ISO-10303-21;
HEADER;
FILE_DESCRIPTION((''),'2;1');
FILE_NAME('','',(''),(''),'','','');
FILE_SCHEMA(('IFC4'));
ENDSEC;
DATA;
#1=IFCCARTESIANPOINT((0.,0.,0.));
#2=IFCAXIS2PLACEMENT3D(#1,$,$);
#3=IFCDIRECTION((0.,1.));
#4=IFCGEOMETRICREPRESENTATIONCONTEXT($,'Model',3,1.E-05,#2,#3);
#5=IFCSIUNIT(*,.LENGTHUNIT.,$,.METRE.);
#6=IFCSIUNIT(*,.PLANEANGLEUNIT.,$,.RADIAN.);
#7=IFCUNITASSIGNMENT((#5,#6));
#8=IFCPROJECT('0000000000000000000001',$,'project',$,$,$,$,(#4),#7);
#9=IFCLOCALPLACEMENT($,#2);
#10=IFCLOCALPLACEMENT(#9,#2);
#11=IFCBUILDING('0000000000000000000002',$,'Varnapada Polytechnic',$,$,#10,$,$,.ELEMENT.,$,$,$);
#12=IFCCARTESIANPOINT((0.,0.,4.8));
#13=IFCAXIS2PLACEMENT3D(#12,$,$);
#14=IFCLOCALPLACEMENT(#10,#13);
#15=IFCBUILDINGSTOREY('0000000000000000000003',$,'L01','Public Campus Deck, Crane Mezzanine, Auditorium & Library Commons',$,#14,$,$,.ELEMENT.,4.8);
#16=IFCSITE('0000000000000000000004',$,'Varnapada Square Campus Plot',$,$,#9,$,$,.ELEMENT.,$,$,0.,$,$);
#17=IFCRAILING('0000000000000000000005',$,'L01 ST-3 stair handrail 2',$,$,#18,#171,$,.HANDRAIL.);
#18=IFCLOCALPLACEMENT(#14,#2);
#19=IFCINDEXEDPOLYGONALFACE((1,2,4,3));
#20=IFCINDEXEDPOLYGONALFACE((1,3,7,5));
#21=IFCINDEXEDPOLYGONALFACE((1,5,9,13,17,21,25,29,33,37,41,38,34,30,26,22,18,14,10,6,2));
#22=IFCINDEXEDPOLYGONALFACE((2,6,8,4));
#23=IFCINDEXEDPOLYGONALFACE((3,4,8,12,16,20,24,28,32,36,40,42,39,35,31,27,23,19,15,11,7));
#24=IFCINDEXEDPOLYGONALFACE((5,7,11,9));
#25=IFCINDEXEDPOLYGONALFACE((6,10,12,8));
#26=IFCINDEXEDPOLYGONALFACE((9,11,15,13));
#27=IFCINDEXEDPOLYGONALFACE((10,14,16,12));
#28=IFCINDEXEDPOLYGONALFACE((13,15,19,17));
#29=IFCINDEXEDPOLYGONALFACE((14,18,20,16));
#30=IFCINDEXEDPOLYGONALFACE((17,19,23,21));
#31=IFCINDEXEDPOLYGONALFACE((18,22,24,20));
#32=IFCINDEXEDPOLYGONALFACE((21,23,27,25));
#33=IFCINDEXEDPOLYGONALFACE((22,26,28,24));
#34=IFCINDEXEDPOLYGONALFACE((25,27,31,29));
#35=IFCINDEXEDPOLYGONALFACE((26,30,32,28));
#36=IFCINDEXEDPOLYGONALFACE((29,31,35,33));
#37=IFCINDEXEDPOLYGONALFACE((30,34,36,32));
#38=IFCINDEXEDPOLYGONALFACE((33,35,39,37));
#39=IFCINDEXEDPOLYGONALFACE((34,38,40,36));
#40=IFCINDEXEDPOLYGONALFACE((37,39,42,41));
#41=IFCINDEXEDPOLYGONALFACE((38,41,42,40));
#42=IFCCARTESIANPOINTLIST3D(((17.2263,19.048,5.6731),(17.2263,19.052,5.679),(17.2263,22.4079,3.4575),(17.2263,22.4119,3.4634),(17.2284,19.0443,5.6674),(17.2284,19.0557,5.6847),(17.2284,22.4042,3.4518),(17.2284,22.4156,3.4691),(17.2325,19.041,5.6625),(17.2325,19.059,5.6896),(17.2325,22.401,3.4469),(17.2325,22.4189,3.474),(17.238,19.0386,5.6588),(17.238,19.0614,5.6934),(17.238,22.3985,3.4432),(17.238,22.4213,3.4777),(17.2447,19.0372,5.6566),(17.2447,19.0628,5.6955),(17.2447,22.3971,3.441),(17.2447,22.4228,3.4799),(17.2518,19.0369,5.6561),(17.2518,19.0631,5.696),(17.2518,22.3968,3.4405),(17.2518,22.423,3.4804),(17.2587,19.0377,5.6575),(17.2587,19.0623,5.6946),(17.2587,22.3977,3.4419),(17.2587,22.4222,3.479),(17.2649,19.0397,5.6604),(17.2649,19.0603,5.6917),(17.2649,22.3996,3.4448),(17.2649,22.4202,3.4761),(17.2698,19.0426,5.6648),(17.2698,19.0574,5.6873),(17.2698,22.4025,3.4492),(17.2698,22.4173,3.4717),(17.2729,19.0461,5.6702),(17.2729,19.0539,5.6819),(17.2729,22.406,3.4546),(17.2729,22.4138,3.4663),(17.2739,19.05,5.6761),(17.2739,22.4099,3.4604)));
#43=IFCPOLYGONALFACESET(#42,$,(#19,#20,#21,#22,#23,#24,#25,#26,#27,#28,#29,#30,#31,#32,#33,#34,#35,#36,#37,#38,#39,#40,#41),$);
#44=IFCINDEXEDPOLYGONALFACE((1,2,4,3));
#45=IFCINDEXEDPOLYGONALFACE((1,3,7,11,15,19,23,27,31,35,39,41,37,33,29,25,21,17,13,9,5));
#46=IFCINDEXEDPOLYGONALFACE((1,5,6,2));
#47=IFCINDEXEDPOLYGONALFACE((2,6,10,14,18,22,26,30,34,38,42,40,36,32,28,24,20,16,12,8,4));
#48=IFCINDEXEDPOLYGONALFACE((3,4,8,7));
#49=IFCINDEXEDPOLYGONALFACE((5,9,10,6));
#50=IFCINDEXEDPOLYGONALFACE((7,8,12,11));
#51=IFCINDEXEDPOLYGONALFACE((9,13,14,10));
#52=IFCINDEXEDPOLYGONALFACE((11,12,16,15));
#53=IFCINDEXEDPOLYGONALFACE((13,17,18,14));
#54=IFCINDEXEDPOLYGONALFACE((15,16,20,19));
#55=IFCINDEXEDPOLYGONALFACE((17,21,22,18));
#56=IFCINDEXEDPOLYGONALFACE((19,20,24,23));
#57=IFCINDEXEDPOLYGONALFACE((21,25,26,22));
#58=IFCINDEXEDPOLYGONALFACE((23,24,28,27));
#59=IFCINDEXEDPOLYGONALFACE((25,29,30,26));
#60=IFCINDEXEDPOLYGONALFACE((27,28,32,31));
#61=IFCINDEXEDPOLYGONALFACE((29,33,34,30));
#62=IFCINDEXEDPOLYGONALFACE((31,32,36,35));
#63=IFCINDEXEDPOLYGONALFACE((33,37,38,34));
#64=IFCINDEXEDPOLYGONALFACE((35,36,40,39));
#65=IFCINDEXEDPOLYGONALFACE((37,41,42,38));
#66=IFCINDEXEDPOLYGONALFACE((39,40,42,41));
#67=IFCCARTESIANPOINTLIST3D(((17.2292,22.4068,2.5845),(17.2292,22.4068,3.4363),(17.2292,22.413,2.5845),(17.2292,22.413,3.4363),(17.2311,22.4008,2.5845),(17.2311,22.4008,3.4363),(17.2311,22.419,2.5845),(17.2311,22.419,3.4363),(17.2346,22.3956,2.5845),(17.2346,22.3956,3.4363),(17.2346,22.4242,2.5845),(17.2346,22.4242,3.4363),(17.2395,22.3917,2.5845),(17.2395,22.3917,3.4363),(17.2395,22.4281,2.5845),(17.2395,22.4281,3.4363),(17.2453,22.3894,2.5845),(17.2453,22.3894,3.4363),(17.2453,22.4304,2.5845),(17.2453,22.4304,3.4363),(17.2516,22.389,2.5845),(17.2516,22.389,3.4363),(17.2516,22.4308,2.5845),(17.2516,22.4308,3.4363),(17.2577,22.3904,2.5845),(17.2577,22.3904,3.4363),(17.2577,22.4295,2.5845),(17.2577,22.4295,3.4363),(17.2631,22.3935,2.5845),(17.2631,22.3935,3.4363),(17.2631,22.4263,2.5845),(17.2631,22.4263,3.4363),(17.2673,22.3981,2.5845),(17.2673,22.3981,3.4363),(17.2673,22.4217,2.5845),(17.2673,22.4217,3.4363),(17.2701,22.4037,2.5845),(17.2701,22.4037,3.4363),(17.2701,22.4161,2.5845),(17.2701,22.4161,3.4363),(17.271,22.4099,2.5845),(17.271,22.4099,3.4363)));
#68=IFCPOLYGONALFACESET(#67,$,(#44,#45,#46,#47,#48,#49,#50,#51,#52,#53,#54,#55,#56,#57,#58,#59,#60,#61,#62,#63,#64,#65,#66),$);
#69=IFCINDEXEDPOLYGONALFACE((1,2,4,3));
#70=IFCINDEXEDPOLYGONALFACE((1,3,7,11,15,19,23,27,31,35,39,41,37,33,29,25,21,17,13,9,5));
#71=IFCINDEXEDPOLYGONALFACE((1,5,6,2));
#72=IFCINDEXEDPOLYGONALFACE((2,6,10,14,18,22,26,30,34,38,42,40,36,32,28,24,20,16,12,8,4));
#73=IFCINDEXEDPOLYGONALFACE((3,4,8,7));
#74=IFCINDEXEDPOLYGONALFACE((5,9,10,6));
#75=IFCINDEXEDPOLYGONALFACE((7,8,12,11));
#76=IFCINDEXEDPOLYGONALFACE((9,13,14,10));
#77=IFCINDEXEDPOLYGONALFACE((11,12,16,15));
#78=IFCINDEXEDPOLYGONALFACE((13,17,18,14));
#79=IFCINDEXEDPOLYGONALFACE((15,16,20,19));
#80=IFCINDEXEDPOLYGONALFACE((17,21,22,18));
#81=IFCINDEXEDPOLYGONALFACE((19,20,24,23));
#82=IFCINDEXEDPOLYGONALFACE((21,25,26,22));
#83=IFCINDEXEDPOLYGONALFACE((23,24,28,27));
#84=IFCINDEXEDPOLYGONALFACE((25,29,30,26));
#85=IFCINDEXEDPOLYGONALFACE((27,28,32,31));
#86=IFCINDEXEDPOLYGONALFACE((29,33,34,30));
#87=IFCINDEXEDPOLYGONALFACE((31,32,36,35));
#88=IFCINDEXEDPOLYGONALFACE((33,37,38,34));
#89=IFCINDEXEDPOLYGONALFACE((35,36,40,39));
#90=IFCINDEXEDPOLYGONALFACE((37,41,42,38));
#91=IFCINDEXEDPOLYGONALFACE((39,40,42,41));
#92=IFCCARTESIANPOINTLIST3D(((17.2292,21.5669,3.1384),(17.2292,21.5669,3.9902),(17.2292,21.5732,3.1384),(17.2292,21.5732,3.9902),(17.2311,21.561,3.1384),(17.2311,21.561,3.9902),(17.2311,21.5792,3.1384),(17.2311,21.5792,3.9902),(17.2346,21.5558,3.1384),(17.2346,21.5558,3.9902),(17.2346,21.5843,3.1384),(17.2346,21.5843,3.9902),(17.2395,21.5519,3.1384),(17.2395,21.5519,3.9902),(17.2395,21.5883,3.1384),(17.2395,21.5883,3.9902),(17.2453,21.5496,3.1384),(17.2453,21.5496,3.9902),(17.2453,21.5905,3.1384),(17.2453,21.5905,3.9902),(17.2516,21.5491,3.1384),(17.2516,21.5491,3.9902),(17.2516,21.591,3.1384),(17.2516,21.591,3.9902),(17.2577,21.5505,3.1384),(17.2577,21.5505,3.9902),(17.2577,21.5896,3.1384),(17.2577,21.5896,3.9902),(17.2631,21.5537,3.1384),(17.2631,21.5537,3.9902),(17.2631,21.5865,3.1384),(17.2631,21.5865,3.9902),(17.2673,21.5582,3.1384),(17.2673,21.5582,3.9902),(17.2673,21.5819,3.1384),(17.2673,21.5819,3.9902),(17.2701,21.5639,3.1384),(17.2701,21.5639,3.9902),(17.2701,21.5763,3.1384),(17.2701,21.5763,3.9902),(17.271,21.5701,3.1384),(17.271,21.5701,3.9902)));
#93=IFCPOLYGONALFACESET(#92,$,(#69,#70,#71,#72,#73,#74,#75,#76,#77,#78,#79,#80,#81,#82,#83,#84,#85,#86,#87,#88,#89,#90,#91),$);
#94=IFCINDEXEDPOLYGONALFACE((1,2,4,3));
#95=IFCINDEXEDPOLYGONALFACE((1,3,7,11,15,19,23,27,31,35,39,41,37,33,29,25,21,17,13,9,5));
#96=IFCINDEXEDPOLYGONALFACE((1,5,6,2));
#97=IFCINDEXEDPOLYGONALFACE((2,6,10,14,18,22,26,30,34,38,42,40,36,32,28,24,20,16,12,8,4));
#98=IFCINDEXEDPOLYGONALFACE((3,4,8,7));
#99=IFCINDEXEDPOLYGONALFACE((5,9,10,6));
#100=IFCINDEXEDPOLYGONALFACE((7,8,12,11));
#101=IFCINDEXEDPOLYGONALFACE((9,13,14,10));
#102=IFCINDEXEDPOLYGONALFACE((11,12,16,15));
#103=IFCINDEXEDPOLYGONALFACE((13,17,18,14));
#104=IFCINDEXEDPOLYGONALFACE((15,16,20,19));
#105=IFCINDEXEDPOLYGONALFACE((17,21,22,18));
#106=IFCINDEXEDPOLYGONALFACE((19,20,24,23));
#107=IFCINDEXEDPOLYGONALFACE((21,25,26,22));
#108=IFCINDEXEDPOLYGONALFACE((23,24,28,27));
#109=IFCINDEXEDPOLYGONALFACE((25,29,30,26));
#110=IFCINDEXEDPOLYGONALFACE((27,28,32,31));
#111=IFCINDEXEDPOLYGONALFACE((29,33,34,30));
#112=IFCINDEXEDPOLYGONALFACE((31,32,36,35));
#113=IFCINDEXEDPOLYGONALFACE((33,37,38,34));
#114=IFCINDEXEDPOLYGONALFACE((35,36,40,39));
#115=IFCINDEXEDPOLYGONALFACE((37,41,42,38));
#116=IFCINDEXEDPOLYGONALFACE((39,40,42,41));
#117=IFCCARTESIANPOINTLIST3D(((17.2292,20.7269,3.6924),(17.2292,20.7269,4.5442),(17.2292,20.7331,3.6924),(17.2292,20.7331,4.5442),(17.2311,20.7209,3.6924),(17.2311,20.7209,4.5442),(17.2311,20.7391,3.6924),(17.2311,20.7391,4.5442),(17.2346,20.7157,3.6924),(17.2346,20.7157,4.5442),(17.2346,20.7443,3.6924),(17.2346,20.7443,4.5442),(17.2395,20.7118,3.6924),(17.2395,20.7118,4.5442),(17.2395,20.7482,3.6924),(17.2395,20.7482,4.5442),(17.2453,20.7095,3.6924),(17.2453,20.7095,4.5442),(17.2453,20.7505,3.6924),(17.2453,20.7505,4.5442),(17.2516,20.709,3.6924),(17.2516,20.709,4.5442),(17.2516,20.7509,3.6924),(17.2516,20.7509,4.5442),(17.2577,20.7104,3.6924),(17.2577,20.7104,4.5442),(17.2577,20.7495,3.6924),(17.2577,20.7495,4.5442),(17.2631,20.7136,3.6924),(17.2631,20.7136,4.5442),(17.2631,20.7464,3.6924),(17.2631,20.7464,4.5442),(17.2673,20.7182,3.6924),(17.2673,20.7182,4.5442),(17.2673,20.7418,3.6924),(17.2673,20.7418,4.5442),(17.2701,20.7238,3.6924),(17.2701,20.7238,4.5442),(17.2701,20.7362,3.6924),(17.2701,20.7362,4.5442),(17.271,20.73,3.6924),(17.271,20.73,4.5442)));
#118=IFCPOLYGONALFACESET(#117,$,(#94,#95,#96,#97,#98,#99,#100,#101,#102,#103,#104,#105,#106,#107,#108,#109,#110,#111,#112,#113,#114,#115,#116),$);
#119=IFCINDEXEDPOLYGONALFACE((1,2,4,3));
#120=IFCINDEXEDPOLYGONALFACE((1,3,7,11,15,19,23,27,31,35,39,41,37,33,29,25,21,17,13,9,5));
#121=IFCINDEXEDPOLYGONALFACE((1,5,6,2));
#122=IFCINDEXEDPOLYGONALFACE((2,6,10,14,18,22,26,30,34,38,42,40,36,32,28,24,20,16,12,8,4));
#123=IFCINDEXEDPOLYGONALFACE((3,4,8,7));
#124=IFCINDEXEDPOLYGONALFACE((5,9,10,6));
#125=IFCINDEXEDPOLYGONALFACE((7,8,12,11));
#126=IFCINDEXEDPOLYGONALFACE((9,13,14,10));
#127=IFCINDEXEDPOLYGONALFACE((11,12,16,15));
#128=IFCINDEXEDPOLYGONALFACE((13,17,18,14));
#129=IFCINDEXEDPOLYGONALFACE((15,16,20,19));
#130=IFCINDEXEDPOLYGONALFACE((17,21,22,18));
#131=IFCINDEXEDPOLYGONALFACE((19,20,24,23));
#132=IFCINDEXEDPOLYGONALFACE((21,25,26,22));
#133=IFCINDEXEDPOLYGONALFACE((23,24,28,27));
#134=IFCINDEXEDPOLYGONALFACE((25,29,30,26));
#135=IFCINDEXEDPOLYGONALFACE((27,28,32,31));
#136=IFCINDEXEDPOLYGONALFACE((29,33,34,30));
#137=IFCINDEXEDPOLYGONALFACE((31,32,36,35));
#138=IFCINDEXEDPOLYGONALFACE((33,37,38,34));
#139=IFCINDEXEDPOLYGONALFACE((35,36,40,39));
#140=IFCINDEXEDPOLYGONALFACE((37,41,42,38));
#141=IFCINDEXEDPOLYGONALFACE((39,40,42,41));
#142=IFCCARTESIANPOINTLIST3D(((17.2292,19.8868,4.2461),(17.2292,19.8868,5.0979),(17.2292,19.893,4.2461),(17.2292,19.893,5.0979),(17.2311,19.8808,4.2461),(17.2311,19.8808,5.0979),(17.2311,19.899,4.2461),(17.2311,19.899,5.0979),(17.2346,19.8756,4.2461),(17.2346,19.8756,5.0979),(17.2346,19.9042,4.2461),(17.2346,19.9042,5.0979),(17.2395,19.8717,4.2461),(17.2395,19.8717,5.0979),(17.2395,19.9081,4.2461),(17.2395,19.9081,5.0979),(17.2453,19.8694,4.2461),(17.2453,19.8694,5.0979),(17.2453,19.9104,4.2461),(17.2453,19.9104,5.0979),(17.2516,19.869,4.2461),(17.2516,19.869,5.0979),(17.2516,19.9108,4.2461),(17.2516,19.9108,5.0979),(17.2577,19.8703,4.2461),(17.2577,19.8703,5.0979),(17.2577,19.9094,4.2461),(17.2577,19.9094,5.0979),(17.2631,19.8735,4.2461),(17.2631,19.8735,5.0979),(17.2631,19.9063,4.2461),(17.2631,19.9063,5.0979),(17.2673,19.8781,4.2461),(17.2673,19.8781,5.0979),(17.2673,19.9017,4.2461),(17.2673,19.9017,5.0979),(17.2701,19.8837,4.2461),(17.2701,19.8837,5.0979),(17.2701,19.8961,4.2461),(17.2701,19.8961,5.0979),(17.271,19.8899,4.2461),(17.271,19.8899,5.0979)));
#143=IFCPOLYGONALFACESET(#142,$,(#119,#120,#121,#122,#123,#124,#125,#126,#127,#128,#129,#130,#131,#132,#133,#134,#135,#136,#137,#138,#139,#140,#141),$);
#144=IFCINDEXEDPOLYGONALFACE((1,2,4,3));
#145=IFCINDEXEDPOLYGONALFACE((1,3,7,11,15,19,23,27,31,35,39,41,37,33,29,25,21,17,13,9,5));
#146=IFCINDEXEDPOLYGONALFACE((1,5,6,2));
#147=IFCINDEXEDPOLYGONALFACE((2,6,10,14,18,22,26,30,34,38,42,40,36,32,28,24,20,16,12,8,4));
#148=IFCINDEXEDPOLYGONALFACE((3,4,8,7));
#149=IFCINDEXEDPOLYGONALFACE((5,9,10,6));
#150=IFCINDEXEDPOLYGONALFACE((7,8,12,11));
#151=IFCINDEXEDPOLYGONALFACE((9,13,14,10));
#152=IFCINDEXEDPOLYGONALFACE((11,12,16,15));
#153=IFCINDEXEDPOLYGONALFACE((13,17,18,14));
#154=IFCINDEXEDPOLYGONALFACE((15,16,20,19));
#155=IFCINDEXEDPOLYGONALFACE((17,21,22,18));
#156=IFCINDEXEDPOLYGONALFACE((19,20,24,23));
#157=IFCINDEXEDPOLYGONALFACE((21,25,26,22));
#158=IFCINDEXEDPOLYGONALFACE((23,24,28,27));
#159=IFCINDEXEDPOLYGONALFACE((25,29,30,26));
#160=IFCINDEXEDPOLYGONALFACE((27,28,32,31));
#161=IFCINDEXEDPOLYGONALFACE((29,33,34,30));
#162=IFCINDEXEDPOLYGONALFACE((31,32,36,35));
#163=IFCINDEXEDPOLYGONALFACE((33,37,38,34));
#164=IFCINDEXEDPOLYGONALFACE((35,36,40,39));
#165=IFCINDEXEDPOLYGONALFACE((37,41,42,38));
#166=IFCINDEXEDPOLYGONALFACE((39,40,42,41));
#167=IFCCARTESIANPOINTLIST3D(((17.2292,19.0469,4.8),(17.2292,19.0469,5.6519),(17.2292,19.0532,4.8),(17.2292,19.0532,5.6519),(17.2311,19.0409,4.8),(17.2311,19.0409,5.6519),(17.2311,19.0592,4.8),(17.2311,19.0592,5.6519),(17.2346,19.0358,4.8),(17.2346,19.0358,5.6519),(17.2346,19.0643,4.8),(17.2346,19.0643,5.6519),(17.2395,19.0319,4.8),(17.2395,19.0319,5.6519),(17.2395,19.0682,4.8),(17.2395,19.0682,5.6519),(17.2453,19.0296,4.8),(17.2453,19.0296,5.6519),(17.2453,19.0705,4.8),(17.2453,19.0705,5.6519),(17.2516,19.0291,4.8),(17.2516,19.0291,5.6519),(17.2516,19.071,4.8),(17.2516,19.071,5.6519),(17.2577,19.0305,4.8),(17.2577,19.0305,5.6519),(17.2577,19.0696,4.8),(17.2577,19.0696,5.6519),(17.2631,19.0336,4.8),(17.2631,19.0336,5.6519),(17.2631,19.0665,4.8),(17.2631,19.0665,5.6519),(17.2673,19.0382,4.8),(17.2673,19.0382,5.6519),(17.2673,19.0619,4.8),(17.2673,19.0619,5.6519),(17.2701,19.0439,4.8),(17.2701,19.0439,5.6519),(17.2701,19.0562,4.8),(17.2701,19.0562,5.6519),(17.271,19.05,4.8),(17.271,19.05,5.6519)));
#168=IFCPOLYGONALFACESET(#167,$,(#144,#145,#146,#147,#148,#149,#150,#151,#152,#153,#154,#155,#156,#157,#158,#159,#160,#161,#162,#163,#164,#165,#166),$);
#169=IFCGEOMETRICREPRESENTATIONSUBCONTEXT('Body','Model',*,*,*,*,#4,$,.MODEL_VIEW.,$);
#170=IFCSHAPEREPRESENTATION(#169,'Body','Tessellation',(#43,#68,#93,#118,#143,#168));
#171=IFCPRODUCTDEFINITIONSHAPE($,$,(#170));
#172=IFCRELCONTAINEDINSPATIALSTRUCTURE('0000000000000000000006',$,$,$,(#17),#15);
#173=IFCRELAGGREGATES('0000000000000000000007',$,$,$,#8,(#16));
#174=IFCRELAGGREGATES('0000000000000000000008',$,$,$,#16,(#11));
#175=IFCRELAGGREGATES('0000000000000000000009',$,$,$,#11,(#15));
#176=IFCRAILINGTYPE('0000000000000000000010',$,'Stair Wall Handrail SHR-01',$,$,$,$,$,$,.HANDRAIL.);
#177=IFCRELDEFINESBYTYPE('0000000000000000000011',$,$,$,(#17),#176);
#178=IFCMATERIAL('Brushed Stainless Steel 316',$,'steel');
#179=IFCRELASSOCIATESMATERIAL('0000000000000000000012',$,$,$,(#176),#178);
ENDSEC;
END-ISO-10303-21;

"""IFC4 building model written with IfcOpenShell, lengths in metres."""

from ifc_helpers import new_model, si_unit, direction, frame, origin, origin_2d, place, context, subcontext, project, spatial, circle, extrude, material, type_object, element, save


model = new_model("IFC4")

# Units and contexts
model_context = context("Model", 3, precision=1e-05, world=origin(), true_north=direction((0.0, 1.0)))
body_context = subcontext(model_context, "Body", "Model", "MODEL_VIEW")
ifc_project = project(units=[si_unit("LENGTHUNIT", "METRE"), si_unit("PLANEANGLEUNIT", "RADIAN")], contexts=[model_context])

# Site, building, storey
site_placement = place(None, origin())
site = spatial("IfcSite", under=ifc_project, at=site_placement, Name="Varnapada Square Campus Plot", CompositionType="ELEMENT", RefElevation=0.0)
building_placement = place(site_placement, origin())
building = spatial("IfcBuilding", under=site, at=building_placement, Name="Varnapada Polytechnic", CompositionType="ELEMENT")
storey_placement = place(building_placement, frame((0.0, 0.0, 4.8)))
storey = spatial("IfcBuildingStorey", under=building, at=storey_placement, Name="L01", Description="Public Campus Deck, Crane Mezzanine, Auditorium & Library Commons", CompositionType="ELEMENT", Elevation=4.8)

# Shared definitions
ifc_material_1 = material(Name="Brushed Stainless Steel 316", Category="steel")

# Railing
railing_type_1 = type_object("IfcRailingType", Name="Stair Wall Handrail SHR-01", PredefinedType="HANDRAIL", material=ifc_material_1)
railing_1_placement = place(storey_placement, frame((17.25, 22.4099, 2.5845)))
element("IfcRailing", 1, at=railing_1_placement, inside=storey, type_object=railing_type_1, Name="L01 ST-3 stair handrail 2", PredefinedType="HANDRAIL", context=body_context, shape_type="SweptSolid", body=[
    extrude(circle(Radius=0.0239, at=origin_2d()), frame((0.0, 0.0, 0.876), z_axis=(0.0, -0.83483, 0.550508), x_axis=(1.0, 0.0, 0.0)), (0.0, 0.0, 1.0), 4.0247),
    extrude(circle(Radius=0.021, at=origin_2d()), origin(), (0.0, 0.0, 1.0), 0.8518),
    extrude(circle(Radius=0.021, at=origin_2d()), frame((0.0, -0.8398, 0.554)), (0.0, 0.0, 1.0), 0.8518),
    extrude(circle(Radius=0.021, at=origin_2d()), frame((0.0, -1.6799, 1.1079)), (0.0, 0.0, 1.0), 0.8518),
    extrude(circle(Radius=0.021, at=origin_2d()), frame((0.0, -2.52, 1.6616)), (0.0, 0.0, 1.0), 0.8518),
    extrude(circle(Radius=0.021, at=origin_2d()), frame((0.0, -3.3599, 2.2156)), (0.0, 0.0, 1.0), 0.8518),
])

save(model, "model.ifc")
